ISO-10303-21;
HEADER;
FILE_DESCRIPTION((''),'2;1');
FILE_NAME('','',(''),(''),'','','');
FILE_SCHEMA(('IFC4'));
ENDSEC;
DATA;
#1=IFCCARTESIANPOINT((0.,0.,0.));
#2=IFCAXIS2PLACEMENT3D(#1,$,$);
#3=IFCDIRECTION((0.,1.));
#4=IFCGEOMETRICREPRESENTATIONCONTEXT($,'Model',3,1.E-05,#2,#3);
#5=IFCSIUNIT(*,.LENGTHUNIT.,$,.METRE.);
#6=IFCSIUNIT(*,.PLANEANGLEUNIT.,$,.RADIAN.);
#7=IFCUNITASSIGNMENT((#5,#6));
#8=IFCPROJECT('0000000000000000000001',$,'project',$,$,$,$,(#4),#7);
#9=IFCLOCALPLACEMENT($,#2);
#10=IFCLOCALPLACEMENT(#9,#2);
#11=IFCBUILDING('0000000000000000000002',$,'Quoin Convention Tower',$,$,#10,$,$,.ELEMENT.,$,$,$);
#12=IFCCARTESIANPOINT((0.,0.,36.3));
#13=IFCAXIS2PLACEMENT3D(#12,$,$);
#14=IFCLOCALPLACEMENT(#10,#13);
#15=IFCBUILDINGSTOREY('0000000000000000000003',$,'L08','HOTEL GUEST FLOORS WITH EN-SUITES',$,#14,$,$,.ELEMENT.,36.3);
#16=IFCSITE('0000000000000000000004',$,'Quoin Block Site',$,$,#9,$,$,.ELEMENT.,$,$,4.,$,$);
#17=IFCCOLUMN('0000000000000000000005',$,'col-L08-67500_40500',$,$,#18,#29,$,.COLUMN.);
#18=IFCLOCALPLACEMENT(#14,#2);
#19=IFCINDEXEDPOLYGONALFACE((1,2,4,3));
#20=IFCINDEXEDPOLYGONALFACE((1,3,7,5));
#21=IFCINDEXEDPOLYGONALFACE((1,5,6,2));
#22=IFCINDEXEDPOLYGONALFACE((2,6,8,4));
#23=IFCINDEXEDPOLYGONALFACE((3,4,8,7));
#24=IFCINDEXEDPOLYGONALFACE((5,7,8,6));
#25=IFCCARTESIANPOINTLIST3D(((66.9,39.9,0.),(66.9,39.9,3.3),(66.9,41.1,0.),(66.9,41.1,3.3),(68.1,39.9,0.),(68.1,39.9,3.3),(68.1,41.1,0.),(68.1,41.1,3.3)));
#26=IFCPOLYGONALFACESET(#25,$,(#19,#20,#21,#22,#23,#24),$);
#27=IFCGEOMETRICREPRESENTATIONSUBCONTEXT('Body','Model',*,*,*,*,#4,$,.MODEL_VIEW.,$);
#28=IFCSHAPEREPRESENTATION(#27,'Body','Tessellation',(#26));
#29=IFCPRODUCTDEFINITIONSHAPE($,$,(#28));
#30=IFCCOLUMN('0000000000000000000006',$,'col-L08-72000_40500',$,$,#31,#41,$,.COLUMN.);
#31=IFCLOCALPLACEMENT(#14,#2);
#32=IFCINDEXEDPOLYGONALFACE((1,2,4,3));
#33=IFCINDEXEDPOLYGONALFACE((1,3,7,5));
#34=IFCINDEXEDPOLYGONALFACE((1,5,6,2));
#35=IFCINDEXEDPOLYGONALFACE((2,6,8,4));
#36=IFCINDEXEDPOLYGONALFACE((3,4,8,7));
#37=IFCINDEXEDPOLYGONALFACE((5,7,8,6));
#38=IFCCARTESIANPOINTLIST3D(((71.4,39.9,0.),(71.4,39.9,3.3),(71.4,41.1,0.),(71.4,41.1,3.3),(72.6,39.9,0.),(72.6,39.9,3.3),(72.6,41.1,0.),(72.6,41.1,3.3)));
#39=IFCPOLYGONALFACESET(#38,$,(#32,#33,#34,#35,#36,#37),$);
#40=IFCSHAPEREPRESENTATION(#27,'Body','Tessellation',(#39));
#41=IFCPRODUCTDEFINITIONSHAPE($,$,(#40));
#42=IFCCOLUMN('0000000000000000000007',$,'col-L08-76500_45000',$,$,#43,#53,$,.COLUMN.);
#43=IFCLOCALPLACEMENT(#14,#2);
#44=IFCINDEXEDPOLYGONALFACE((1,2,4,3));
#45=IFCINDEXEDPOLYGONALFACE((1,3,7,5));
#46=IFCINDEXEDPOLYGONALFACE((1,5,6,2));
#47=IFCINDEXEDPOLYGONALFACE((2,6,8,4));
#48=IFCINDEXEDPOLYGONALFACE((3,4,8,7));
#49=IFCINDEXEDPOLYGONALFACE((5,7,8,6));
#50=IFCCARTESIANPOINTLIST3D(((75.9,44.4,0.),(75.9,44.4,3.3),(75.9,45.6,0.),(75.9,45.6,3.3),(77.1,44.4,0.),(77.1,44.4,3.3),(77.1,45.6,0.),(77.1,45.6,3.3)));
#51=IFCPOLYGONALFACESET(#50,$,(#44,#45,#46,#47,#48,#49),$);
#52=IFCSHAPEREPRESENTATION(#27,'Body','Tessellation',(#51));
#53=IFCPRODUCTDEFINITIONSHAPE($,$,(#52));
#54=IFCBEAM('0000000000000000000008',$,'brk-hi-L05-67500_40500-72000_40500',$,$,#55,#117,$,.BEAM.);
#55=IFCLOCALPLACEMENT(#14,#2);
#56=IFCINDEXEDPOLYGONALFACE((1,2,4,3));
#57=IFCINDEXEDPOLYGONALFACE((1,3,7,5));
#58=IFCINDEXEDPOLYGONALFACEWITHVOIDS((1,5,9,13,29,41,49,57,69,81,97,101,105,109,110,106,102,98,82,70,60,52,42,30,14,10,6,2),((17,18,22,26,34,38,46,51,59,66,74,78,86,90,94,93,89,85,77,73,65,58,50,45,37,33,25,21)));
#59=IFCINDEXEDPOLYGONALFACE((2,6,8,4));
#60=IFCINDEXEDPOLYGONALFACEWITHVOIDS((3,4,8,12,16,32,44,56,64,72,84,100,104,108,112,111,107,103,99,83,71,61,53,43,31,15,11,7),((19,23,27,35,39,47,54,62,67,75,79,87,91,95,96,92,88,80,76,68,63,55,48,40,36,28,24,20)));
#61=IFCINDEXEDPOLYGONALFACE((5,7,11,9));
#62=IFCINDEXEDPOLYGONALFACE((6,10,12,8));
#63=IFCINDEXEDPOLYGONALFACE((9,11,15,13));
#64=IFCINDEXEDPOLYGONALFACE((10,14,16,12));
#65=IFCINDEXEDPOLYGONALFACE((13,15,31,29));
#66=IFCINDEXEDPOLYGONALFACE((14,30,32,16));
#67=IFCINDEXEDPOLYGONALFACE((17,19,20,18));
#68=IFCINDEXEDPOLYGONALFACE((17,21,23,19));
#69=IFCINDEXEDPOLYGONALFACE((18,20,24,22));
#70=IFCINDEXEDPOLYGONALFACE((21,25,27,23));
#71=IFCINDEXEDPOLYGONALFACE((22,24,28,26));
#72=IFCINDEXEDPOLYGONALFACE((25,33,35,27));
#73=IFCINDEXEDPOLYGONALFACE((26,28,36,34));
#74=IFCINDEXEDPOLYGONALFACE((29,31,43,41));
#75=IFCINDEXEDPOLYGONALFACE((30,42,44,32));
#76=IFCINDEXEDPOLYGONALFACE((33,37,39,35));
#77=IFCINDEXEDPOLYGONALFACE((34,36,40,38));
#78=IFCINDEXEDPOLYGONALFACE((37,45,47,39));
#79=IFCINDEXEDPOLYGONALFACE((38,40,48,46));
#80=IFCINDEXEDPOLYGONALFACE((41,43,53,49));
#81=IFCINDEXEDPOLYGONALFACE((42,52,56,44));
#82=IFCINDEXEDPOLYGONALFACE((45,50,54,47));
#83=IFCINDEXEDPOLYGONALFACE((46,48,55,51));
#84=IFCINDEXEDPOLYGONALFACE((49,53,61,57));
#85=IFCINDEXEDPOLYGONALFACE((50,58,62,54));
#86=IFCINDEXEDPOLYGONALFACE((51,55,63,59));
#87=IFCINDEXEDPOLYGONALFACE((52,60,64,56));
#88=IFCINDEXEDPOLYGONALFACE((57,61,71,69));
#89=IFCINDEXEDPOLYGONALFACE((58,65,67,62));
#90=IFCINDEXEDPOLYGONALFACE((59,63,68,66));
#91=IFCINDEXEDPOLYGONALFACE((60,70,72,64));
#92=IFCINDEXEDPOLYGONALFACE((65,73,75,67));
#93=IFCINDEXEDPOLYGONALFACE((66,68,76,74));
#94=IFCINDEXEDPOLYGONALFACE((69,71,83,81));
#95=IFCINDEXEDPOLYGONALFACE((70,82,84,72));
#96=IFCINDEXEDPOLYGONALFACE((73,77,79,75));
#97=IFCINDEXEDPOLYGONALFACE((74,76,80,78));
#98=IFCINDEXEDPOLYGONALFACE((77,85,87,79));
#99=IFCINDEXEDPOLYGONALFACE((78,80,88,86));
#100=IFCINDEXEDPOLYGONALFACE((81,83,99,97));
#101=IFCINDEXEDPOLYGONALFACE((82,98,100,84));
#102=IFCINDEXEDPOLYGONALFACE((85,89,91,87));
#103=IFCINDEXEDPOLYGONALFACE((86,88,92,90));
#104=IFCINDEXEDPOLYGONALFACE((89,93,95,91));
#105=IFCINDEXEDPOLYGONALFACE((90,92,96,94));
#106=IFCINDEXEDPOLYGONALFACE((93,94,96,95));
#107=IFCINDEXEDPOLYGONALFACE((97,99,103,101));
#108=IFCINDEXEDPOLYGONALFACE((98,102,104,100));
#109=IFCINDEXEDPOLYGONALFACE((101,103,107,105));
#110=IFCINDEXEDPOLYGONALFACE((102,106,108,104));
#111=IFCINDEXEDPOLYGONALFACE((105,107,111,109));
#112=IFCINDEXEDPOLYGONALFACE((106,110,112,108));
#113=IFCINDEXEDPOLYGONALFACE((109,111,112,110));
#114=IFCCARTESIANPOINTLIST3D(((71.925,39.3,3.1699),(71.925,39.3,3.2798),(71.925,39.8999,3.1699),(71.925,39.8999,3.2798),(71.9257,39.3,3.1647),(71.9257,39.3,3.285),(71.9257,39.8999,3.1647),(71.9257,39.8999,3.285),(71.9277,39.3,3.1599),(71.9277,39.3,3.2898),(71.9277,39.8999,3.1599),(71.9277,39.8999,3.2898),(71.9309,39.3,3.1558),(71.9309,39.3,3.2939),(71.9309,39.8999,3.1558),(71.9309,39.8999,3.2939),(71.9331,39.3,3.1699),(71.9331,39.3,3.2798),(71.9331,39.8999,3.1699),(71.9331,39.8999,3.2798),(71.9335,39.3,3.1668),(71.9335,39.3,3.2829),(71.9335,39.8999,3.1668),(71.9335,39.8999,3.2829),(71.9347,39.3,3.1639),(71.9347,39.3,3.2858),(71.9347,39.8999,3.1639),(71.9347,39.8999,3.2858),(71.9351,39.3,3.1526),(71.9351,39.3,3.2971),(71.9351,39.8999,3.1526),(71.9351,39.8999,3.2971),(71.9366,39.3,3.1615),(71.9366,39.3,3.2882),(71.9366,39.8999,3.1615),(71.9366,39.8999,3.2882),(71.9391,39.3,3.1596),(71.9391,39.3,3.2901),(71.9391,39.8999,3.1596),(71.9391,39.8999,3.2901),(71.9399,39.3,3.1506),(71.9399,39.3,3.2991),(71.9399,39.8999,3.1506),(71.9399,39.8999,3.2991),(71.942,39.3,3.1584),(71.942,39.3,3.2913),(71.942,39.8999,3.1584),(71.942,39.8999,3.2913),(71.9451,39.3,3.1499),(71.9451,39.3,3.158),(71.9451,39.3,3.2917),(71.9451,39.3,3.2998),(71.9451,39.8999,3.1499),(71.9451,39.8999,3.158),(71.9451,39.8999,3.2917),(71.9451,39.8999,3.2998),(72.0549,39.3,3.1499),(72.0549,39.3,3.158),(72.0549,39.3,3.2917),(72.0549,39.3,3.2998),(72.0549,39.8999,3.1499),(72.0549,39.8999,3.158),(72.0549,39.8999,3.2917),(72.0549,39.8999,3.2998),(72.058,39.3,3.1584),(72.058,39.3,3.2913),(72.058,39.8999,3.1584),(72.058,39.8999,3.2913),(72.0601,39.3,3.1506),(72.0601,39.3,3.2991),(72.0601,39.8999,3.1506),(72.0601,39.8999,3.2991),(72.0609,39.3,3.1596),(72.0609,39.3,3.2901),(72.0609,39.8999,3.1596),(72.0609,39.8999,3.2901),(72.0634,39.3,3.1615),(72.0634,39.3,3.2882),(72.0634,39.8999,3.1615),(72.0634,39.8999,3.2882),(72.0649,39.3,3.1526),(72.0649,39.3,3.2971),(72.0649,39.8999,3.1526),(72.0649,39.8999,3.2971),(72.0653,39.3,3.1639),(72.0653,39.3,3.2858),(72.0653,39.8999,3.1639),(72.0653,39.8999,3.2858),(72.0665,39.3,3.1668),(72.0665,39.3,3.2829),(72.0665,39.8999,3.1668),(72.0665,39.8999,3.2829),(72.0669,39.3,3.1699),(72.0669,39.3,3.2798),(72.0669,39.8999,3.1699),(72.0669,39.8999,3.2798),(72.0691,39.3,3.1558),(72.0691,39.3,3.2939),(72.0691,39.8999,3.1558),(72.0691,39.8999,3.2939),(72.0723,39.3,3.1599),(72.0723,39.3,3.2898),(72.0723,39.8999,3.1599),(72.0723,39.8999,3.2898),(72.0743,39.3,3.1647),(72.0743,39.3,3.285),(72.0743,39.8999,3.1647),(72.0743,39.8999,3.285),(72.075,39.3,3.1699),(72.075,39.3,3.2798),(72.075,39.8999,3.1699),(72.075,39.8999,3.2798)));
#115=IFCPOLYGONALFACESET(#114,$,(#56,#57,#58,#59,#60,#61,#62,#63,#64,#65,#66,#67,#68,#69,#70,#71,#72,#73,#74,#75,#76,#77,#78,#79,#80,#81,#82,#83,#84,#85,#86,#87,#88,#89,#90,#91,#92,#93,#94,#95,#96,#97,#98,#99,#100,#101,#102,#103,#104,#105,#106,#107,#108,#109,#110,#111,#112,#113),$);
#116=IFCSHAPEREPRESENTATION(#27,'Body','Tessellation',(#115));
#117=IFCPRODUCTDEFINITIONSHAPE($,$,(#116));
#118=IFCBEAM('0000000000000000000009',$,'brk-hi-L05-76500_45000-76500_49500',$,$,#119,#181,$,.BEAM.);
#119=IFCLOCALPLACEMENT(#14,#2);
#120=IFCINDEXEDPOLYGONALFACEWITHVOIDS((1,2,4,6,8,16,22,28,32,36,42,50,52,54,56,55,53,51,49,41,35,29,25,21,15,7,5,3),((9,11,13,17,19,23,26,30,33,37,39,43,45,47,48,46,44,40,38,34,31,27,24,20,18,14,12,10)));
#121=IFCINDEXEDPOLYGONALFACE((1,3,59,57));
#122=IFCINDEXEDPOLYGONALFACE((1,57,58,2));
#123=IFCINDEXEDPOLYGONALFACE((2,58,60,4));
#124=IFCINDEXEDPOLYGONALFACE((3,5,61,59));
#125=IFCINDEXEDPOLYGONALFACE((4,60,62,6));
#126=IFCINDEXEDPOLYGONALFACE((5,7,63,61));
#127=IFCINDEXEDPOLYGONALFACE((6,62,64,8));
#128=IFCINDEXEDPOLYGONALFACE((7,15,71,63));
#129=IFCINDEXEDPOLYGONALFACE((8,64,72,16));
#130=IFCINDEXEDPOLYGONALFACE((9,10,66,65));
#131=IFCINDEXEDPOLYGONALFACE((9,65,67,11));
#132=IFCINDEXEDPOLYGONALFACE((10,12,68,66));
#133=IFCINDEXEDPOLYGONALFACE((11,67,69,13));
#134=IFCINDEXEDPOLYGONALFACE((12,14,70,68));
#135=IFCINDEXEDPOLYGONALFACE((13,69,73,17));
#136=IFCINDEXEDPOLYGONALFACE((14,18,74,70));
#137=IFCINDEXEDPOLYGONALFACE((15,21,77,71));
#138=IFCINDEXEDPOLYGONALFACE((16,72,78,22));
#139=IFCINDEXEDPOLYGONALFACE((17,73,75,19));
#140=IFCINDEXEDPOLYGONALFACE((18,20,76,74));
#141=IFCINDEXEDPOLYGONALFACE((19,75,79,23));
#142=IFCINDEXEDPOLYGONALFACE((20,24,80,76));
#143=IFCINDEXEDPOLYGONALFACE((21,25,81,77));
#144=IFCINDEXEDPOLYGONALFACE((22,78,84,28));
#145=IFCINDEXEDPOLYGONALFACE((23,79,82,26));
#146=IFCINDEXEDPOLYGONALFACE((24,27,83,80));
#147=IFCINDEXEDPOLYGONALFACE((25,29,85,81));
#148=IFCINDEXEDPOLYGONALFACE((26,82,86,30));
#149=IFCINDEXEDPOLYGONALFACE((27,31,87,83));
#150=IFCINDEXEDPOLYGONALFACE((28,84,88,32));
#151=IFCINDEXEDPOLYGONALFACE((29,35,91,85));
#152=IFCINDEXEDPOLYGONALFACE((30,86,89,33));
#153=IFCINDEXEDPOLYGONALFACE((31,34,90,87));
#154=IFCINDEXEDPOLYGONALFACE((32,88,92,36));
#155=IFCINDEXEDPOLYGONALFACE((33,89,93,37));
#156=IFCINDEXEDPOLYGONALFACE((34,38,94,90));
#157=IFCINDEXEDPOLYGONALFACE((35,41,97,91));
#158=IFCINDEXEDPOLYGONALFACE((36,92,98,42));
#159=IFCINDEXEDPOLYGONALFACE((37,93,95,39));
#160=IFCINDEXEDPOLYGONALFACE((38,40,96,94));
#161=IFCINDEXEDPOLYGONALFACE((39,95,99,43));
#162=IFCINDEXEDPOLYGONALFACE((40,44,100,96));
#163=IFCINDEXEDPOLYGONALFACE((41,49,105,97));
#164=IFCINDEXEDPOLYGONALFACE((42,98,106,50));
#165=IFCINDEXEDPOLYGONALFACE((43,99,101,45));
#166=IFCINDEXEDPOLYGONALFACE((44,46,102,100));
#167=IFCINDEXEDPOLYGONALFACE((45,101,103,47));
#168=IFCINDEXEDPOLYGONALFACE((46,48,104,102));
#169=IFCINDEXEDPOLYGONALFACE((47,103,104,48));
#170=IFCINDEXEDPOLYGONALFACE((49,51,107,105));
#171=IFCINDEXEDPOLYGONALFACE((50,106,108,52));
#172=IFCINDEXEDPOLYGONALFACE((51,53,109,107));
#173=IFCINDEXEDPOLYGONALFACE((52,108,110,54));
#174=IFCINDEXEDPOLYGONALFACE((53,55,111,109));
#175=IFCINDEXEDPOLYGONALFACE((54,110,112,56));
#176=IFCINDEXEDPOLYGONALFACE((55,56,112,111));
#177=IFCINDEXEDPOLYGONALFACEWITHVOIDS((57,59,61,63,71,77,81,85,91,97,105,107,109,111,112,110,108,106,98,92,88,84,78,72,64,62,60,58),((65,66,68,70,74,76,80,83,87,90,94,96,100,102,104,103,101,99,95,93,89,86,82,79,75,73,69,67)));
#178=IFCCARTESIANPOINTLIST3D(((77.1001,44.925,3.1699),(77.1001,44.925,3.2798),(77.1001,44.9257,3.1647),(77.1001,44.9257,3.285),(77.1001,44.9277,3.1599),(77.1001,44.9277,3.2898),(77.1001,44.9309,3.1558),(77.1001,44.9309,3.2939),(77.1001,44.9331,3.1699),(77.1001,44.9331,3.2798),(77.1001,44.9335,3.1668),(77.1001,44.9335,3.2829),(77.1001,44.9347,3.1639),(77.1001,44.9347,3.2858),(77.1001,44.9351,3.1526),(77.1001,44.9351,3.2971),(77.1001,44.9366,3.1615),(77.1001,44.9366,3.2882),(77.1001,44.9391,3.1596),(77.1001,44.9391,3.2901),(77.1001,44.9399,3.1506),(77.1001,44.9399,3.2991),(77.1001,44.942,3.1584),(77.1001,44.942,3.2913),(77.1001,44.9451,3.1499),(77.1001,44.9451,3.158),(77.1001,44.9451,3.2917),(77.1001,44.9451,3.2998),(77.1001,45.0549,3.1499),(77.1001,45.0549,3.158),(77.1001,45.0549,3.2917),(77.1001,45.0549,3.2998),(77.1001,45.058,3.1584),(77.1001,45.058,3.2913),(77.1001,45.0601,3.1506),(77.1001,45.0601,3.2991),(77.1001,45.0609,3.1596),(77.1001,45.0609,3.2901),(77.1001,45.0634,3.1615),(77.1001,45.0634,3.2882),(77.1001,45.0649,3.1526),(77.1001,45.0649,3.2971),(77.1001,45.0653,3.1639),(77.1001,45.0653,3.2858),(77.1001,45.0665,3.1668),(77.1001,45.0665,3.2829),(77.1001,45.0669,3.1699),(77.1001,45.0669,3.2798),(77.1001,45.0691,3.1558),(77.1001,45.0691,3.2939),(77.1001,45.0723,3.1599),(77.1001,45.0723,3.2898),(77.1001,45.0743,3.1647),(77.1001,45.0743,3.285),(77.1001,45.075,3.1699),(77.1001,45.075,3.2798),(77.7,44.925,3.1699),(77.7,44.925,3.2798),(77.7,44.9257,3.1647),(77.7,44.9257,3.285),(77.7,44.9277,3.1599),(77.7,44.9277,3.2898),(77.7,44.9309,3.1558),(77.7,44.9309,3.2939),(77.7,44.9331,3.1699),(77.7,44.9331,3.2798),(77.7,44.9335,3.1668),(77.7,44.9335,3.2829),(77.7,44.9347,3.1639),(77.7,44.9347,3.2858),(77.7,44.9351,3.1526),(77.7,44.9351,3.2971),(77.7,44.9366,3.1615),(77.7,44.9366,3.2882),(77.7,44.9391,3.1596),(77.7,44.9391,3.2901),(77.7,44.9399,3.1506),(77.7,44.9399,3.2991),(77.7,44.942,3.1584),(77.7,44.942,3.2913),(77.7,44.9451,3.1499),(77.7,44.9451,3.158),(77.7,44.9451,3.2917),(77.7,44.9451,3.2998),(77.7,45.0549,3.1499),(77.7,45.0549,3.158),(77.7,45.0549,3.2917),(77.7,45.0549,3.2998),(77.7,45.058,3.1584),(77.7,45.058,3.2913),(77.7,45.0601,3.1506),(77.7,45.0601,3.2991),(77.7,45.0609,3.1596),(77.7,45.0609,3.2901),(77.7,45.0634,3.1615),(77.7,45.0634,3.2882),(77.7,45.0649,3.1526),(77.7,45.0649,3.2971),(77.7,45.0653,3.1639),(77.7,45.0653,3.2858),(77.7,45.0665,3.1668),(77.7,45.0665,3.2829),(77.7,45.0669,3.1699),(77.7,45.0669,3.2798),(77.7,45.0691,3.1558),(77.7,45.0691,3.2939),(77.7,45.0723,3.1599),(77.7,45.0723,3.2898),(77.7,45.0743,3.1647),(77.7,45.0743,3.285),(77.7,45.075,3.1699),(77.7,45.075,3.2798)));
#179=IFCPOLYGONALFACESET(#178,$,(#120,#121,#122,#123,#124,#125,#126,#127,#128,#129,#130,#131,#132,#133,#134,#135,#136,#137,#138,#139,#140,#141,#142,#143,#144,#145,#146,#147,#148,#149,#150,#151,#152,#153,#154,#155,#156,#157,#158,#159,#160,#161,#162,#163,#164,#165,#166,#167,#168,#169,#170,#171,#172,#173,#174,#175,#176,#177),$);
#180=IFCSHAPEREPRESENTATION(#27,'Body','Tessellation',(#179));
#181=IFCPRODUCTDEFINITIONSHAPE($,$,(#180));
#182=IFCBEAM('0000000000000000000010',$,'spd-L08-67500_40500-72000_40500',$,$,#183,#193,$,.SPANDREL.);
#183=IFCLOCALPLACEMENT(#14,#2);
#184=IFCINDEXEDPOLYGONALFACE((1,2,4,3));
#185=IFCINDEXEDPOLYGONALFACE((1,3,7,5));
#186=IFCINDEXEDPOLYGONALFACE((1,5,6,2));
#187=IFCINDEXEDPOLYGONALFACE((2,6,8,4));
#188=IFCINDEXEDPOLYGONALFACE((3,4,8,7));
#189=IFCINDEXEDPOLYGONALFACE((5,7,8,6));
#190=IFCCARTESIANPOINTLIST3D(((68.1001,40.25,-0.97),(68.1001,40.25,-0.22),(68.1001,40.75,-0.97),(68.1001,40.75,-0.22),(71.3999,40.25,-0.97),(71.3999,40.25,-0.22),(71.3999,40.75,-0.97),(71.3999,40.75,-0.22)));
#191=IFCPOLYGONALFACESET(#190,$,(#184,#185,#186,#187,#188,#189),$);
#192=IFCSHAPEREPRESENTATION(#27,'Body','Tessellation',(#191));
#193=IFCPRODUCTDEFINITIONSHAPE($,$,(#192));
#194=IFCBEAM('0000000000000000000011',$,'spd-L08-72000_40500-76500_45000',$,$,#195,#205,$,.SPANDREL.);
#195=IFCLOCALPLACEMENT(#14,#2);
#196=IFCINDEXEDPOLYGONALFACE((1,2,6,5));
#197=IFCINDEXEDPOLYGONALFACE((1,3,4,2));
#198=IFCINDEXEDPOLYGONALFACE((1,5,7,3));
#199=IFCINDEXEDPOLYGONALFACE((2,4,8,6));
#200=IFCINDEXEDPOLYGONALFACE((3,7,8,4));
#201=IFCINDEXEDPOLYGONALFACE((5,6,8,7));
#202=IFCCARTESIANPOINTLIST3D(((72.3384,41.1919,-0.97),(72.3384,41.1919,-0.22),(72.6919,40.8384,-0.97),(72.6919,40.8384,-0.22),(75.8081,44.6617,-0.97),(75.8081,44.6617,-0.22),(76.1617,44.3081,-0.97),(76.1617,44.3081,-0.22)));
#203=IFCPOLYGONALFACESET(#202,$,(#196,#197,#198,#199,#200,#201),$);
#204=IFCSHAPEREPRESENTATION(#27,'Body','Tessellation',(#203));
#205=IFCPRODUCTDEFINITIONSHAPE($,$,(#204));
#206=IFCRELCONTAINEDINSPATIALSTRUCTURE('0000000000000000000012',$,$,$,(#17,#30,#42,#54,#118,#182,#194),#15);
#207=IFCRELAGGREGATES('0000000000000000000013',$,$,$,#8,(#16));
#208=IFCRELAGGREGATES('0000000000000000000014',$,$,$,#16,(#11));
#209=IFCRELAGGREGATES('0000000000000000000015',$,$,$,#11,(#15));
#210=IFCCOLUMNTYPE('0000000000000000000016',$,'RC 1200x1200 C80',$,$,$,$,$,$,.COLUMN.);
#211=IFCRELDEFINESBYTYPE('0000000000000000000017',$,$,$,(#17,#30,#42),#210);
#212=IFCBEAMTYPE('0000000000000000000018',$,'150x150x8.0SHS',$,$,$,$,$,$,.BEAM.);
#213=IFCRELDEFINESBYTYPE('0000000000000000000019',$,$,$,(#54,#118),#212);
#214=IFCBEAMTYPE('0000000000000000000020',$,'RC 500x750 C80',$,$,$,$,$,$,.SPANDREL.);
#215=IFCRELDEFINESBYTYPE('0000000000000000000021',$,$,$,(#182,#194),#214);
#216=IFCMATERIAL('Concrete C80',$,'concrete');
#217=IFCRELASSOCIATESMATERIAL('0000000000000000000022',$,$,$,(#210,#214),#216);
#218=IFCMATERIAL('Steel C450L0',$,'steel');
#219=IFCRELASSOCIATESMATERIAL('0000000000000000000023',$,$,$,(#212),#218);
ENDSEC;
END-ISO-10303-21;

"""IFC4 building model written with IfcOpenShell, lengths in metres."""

from ifc_helpers import new_model, si_unit, direction, frame, origin, origin_2d, place, context, subcontext, project, spatial, rectangle, hollow_rectangle, extrude, material, material_profile, profile_set, type_object, element, save


model = new_model("IFC4")

# Units and contexts
model_context = context("Model", 3, precision=1e-05, world=origin(), true_north=direction((0.0, 1.0)))
body_context = subcontext(model_context, "Body", "Model", "MODEL_VIEW")
ifc_project = project(units=[si_unit("LENGTHUNIT", "METRE"), si_unit("PLANEANGLEUNIT", "RADIAN")], contexts=[model_context])

# Site, building, storey
site_placement = place(None, origin())
site = spatial("IfcSite", under=ifc_project, at=site_placement, Name="Quoin Block Site", CompositionType="ELEMENT", RefElevation=4.0)
building_placement = place(site_placement, origin())
building = spatial("IfcBuilding", under=site, at=building_placement, Name="Quoin Convention Tower", CompositionType="ELEMENT")
storey_placement = place(building_placement, frame((0.0, 0.0, 36.3)))
storey = spatial("IfcBuildingStorey", under=building, at=storey_placement, Name="L08", Description="HOTEL GUEST FLOORS WITH EN-SUITES", CompositionType="ELEMENT", Elevation=36.3)

# Columns
ifc_material_1 = material(Name="Concrete C80", Category="concrete")
ifc_material_profile_1 = material_profile(ifc_material_1, rectangle(XDim=1.2, YDim=1.2, at=origin_2d()), Name="RC 1200x1200")
ifc_profile_set_1 = profile_set([ifc_material_profile_1], Name="Concrete C80")
column_type = type_object("IfcColumnType", Name="RC 1200x1200 C80", PredefinedType="COLUMN", material=ifc_profile_set_1)
for number, where, z_axis, x_axis, name in (
    (1, (67.5, 40.5, 0.0), (0.0, 0.0, 1.0), (1.0, 0.0, 0.0), "col-L08-67500_40500"),
    (2, (72.0, 40.5, 0.0), (0.0, 0.0, 1.0), (1.0, 0.0, 0.0), "col-L08-72000_40500"),
    (3, (76.5, 45.0, 0.0), (0.0, 0.0, 1.0), (1.0, 0.0, 0.0), "col-L08-76500_45000"),
):
    element("IfcColumn", number, at=place(storey_placement, frame(where, z_axis=z_axis, x_axis=x_axis)), inside=storey, type_object=column_type, Name=name, PredefinedType="COLUMN", context=body_context, shape_type="SweptSolid", body=[
        extrude(rectangle(XDim=1.2, YDim=1.2, at=origin_2d()), origin(), (0.0, 0.0, 1.0), 3.3),
    ])

# Beams
ifc_material_2 = material(Name="Steel C450L0", Category="steel")
ifc_material_profile_2 = material_profile(ifc_material_2, hollow_rectangle(XDim=0.1499, YDim=0.1499, WallThickness=0.0081, InnerFilletRadius=0.012, OuterFilletRadius=0.02, at=origin_2d()), Name="150x150x8.0SHS")
ifc_profile_set_2 = profile_set([ifc_material_profile_2], Name="Steel C450L0")
beam_type_1 = type_object("IfcBeamType", Name="150x150x8.0SHS", PredefinedType="BEAM", material=ifc_profile_set_2)
for number, where, z_axis, x_axis, name in (
    (4, (72.0, 39.8999, 3.2249), (0.0, -1.0, 0.0), (1.0, 0.0, 0.0), "brk-hi-L05-67500_40500-72000_40500"),
    (5, (77.1001, 45.0, 3.2249), (1.0, 0.0, 0.0), (0.0, 1.0, 0.0), "brk-hi-L05-76500_45000-76500_49500"),
):
    element("IfcBeam", number, at=place(storey_placement, frame(where, z_axis=z_axis, x_axis=x_axis)), inside=storey, type_object=beam_type_1, Name=name, PredefinedType="BEAM", context=body_context, shape_type="SweptSolid", body=[
        extrude(hollow_rectangle(XDim=0.1499, YDim=0.1499, WallThickness=0.0081, InnerFilletRadius=0.012, OuterFilletRadius=0.02, at=origin_2d()), origin(), (0.0, 0.0, 1.0), 0.5999),
    ])
ifc_material_profile_3 = material_profile(ifc_material_1, rectangle(XDim=0.5, YDim=0.75, at=origin_2d()), Name="RC 500x750")
ifc_profile_set_3 = profile_set([ifc_material_profile_3], Name="Concrete C80")
beam_type_2 = type_object("IfcBeamType", Name="RC 500x750 C80", PredefinedType="SPANDREL", material=ifc_profile_set_3)
beam_1_placement = place(storey_placement, frame((68.1001, 40.5, -0.595), z_axis=(1.0, 0.0, 0.0), x_axis=(0.0, 1.0, 0.0)))
element("IfcBeam", 6, at=beam_1_placement, inside=storey, type_object=beam_type_2, Name="spd-L08-67500_40500-72000_40500", PredefinedType="SPANDREL", context=body_context, shape_type="SweptSolid", body=[
    extrude(rectangle(XDim=0.5, YDim=0.75, at=origin_2d()), origin(), (0.0, 0.0, 1.0), 3.2998),
])
beam_2_placement = place(storey_placement, frame((72.5151, 41.0151, -0.595), z_axis=(0.707107, 0.707107, 0.0), x_axis=(-0.707107, 0.707107, 0.0)))
element("IfcBeam", 7, at=beam_2_placement, inside=storey, type_object=beam_type_2, Name="spd-L08-72000_40500-76500_45000", PredefinedType="SPANDREL", context=body_context, shape_type="SweptSolid", body=[
    extrude(rectangle(XDim=0.5, YDim=0.75, at=origin_2d()), origin(), (0.0, 0.0, 1.0), 4.907),
])

save(model, "model.ifc")
